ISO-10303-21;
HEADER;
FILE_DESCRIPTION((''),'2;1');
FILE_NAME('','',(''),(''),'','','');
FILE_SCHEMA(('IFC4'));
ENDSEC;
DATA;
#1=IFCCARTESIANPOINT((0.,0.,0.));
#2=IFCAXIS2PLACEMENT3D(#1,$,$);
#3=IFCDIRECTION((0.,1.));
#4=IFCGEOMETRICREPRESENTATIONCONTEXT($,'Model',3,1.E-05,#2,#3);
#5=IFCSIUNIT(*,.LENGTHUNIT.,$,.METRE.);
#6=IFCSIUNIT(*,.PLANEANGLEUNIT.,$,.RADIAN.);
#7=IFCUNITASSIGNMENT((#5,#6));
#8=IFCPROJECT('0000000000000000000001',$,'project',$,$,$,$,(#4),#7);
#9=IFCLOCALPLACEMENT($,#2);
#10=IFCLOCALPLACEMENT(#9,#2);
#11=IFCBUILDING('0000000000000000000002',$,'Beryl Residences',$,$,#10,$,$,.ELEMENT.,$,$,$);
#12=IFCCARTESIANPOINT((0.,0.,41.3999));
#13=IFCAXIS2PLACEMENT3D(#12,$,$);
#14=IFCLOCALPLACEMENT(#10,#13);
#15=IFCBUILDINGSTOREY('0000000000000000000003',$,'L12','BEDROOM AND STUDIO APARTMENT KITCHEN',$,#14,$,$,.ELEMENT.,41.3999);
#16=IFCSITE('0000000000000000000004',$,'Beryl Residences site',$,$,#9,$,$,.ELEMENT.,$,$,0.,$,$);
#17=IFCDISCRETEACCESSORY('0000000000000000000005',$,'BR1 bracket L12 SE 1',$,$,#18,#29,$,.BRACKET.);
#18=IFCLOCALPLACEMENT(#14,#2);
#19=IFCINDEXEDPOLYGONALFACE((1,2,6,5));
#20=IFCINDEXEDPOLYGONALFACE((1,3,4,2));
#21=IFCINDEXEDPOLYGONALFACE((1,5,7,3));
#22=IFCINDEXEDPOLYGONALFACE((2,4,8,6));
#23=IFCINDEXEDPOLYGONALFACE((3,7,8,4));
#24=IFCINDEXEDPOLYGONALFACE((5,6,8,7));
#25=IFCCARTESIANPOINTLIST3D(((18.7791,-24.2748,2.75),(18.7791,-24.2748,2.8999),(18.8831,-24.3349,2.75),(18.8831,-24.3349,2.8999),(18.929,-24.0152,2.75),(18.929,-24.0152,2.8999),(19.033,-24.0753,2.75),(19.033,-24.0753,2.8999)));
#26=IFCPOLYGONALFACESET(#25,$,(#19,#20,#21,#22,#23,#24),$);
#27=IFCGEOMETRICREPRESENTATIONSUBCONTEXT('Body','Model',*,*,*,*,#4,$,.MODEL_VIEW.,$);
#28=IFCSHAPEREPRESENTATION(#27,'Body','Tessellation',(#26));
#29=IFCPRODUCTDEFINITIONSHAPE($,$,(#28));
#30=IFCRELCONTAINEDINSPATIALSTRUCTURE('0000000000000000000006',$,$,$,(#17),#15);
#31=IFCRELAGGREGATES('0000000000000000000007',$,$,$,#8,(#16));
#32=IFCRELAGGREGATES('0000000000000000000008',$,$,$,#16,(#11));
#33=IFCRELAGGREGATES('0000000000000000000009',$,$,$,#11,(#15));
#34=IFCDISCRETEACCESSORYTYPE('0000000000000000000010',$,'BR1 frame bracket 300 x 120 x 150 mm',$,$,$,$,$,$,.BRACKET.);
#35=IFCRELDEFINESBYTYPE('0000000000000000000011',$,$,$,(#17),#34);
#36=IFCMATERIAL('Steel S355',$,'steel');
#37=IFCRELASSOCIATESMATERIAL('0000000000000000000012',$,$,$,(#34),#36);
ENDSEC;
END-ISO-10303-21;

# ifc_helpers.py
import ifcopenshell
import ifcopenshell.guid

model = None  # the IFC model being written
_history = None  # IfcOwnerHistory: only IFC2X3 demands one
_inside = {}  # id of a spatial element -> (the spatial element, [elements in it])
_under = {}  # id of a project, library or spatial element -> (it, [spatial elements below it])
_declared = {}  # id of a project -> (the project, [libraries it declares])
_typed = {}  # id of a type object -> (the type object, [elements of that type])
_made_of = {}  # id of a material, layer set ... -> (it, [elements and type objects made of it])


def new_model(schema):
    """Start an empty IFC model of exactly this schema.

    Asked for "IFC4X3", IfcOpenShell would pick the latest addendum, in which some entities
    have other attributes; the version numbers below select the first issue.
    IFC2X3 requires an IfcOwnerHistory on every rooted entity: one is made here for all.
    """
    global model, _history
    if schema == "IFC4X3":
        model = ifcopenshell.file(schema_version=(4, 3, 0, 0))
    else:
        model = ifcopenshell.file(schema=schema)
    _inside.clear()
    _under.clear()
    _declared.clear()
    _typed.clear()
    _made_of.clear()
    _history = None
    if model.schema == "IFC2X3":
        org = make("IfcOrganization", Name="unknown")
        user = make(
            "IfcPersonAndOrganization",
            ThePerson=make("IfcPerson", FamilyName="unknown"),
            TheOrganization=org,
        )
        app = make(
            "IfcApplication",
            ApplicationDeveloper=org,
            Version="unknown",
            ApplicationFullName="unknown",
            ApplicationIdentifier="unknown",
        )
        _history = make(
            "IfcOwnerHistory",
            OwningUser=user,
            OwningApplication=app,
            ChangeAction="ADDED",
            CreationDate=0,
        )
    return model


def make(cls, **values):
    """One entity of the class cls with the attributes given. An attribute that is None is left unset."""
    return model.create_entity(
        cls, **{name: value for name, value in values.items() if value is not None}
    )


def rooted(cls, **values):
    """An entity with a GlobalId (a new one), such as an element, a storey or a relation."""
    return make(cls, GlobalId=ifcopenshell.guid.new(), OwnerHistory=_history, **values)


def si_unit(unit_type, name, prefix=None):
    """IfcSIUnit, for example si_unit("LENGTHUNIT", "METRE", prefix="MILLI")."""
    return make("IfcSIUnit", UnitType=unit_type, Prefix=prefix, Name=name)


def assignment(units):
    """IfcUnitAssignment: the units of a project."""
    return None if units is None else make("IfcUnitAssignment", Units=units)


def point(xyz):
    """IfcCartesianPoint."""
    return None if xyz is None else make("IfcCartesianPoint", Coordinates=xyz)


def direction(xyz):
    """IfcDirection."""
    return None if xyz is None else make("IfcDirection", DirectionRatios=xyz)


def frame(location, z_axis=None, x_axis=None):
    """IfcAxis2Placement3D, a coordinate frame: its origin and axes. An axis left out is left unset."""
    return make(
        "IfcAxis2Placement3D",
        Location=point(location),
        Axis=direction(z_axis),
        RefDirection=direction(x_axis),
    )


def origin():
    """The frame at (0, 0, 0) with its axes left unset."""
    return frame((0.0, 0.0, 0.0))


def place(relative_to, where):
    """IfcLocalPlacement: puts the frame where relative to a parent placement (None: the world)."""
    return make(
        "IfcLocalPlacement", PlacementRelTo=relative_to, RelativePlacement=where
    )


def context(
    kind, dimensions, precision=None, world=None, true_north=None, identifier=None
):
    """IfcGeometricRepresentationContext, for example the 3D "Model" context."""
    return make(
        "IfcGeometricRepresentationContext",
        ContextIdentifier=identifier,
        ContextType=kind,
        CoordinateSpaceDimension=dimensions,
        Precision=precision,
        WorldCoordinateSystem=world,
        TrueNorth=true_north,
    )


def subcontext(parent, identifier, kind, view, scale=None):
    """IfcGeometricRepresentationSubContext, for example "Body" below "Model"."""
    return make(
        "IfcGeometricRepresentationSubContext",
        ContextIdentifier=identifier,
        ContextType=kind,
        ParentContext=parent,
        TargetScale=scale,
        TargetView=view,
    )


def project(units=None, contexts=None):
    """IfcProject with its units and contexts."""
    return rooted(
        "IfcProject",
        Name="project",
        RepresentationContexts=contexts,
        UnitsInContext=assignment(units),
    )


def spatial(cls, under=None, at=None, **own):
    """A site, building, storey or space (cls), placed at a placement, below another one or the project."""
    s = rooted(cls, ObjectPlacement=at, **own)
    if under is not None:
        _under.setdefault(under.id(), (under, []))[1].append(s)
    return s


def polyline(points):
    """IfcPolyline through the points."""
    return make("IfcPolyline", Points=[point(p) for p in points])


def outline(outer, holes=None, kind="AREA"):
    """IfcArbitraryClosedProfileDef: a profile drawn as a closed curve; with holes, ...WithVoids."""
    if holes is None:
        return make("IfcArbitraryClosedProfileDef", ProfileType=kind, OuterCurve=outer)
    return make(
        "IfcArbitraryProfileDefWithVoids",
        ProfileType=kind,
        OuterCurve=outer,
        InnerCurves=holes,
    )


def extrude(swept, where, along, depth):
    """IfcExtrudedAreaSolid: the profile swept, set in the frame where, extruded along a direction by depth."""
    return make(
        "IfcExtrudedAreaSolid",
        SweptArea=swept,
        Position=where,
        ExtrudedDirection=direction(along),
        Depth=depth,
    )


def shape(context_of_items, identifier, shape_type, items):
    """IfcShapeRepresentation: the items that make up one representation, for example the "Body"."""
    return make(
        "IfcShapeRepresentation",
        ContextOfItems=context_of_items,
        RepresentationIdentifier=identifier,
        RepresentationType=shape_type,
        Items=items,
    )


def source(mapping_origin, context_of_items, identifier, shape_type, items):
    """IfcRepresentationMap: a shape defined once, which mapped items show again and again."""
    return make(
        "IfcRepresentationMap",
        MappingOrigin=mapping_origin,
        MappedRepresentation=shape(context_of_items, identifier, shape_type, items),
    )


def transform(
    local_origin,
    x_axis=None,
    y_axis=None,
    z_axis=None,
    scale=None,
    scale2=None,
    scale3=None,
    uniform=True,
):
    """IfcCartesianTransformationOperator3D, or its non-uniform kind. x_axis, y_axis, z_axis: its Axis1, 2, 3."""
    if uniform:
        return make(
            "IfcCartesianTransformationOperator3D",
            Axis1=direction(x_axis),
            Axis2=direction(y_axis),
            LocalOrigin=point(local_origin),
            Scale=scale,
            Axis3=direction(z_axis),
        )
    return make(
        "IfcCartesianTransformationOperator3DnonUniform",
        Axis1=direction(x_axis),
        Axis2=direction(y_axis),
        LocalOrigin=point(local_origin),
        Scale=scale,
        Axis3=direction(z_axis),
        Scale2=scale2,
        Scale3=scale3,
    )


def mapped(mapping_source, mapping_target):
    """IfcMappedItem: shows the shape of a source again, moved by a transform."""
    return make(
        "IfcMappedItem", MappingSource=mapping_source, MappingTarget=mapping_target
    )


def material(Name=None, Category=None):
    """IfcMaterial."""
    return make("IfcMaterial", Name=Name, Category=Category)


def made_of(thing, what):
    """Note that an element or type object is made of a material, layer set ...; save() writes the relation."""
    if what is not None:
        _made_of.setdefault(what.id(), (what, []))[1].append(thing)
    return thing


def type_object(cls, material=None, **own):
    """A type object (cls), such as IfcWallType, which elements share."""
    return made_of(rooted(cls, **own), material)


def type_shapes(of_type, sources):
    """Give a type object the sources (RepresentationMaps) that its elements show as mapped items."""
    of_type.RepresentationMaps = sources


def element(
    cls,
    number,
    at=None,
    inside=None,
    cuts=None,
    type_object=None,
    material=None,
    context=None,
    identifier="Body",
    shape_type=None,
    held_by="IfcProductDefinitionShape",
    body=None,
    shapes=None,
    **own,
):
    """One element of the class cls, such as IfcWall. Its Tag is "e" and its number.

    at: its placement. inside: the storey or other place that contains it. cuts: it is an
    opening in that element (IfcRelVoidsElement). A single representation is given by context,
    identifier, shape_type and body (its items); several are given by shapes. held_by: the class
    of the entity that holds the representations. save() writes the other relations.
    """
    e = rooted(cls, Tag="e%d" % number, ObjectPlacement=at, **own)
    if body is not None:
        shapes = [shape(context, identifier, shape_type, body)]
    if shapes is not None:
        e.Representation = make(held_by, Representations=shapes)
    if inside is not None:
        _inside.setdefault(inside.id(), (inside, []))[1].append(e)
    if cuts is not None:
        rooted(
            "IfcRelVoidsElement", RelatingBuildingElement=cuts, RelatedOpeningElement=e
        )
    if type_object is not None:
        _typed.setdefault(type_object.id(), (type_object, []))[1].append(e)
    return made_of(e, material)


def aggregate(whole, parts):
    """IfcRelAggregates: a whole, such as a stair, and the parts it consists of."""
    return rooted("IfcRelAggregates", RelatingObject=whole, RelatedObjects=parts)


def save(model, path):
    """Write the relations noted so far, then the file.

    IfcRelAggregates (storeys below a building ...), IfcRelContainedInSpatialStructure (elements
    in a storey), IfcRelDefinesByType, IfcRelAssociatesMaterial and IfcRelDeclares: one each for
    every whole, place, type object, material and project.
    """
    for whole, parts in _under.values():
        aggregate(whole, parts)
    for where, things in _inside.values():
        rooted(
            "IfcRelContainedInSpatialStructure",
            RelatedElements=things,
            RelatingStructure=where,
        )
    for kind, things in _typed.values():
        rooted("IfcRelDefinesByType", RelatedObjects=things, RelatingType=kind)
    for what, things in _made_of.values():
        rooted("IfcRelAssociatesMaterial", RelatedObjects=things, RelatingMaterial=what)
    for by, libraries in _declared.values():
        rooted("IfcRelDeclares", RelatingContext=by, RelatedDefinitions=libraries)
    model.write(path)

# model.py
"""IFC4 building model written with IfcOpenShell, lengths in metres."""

from ifc_helpers import new_model, si_unit, direction, frame, origin, place, context, subcontext, project, spatial, polyline, outline, extrude, source, transform, mapped, material, type_object, type_shapes, element, save


model = new_model("IFC4")

# Units and contexts
model_context = context("Model", 3, precision=1e-05, world=origin(), true_north=direction((0.0, 1.0)))
body_context = subcontext(model_context, "Body", "Model", "MODEL_VIEW")
ifc_project = project(units=[si_unit("LENGTHUNIT", "METRE"), si_unit("PLANEANGLEUNIT", "RADIAN")], contexts=[model_context])

# Site, building, storey
site_placement = place(None, origin())
site = spatial("IfcSite", under=ifc_project, at=site_placement, Name="Beryl Residences site", CompositionType="ELEMENT", RefElevation=0.0)
building_placement = place(site_placement, origin())
building = spatial("IfcBuilding", under=site, at=building_placement, Name="Beryl Residences", CompositionType="ELEMENT")
storey_placement = place(building_placement, frame((0.0, 0.0, 41.3999)))
storey = spatial("IfcBuildingStorey", under=building, at=storey_placement, Name="L12", Description="BEDROOM AND STUDIO APARTMENT KITCHEN", CompositionType="ELEMENT", Elevation=41.3999)

# Discrete accessory
ifc_material_1 = material(Name="Steel S355", Category="steel")
discrete_accessory_type = type_object("IfcDiscreteAccessoryType", Name="BR1 frame bracket 300 x 120 x 150 mm", PredefinedType="BRACKET", material=ifc_material_1)
shared_shape_1 = source(origin(), body_context, "Body", "SweptSolid", [
    extrude(outline(polyline([(-0.1499, 0.0), (0.1499, 0.0), (0.1499, 0.1201), (-0.1499, 0.1201), (-0.1499, 0.0)])), origin(), (0.0, 0.0, 1.0), 0.1499),
])
type_shapes(discrete_accessory_type, [shared_shape_1])
discrete_accessory_placement = place(storey_placement, frame((18.854, -24.145, 2.75), z_axis=(0.0, 0.0, 1.0), x_axis=(-0.5, -0.866025, 0.0)))
element("IfcDiscreteAccessory", 1, at=discrete_accessory_placement, inside=storey, type_object=discrete_accessory_type, Name="BR1 bracket L12 SE 1", PredefinedType="BRACKET", context=body_context, shape_type="MappedRepresentation", body=[
    mapped(shared_shape_1, transform((0.0, 0.0, 0.0))),
])

save(model, "model.ifc")
